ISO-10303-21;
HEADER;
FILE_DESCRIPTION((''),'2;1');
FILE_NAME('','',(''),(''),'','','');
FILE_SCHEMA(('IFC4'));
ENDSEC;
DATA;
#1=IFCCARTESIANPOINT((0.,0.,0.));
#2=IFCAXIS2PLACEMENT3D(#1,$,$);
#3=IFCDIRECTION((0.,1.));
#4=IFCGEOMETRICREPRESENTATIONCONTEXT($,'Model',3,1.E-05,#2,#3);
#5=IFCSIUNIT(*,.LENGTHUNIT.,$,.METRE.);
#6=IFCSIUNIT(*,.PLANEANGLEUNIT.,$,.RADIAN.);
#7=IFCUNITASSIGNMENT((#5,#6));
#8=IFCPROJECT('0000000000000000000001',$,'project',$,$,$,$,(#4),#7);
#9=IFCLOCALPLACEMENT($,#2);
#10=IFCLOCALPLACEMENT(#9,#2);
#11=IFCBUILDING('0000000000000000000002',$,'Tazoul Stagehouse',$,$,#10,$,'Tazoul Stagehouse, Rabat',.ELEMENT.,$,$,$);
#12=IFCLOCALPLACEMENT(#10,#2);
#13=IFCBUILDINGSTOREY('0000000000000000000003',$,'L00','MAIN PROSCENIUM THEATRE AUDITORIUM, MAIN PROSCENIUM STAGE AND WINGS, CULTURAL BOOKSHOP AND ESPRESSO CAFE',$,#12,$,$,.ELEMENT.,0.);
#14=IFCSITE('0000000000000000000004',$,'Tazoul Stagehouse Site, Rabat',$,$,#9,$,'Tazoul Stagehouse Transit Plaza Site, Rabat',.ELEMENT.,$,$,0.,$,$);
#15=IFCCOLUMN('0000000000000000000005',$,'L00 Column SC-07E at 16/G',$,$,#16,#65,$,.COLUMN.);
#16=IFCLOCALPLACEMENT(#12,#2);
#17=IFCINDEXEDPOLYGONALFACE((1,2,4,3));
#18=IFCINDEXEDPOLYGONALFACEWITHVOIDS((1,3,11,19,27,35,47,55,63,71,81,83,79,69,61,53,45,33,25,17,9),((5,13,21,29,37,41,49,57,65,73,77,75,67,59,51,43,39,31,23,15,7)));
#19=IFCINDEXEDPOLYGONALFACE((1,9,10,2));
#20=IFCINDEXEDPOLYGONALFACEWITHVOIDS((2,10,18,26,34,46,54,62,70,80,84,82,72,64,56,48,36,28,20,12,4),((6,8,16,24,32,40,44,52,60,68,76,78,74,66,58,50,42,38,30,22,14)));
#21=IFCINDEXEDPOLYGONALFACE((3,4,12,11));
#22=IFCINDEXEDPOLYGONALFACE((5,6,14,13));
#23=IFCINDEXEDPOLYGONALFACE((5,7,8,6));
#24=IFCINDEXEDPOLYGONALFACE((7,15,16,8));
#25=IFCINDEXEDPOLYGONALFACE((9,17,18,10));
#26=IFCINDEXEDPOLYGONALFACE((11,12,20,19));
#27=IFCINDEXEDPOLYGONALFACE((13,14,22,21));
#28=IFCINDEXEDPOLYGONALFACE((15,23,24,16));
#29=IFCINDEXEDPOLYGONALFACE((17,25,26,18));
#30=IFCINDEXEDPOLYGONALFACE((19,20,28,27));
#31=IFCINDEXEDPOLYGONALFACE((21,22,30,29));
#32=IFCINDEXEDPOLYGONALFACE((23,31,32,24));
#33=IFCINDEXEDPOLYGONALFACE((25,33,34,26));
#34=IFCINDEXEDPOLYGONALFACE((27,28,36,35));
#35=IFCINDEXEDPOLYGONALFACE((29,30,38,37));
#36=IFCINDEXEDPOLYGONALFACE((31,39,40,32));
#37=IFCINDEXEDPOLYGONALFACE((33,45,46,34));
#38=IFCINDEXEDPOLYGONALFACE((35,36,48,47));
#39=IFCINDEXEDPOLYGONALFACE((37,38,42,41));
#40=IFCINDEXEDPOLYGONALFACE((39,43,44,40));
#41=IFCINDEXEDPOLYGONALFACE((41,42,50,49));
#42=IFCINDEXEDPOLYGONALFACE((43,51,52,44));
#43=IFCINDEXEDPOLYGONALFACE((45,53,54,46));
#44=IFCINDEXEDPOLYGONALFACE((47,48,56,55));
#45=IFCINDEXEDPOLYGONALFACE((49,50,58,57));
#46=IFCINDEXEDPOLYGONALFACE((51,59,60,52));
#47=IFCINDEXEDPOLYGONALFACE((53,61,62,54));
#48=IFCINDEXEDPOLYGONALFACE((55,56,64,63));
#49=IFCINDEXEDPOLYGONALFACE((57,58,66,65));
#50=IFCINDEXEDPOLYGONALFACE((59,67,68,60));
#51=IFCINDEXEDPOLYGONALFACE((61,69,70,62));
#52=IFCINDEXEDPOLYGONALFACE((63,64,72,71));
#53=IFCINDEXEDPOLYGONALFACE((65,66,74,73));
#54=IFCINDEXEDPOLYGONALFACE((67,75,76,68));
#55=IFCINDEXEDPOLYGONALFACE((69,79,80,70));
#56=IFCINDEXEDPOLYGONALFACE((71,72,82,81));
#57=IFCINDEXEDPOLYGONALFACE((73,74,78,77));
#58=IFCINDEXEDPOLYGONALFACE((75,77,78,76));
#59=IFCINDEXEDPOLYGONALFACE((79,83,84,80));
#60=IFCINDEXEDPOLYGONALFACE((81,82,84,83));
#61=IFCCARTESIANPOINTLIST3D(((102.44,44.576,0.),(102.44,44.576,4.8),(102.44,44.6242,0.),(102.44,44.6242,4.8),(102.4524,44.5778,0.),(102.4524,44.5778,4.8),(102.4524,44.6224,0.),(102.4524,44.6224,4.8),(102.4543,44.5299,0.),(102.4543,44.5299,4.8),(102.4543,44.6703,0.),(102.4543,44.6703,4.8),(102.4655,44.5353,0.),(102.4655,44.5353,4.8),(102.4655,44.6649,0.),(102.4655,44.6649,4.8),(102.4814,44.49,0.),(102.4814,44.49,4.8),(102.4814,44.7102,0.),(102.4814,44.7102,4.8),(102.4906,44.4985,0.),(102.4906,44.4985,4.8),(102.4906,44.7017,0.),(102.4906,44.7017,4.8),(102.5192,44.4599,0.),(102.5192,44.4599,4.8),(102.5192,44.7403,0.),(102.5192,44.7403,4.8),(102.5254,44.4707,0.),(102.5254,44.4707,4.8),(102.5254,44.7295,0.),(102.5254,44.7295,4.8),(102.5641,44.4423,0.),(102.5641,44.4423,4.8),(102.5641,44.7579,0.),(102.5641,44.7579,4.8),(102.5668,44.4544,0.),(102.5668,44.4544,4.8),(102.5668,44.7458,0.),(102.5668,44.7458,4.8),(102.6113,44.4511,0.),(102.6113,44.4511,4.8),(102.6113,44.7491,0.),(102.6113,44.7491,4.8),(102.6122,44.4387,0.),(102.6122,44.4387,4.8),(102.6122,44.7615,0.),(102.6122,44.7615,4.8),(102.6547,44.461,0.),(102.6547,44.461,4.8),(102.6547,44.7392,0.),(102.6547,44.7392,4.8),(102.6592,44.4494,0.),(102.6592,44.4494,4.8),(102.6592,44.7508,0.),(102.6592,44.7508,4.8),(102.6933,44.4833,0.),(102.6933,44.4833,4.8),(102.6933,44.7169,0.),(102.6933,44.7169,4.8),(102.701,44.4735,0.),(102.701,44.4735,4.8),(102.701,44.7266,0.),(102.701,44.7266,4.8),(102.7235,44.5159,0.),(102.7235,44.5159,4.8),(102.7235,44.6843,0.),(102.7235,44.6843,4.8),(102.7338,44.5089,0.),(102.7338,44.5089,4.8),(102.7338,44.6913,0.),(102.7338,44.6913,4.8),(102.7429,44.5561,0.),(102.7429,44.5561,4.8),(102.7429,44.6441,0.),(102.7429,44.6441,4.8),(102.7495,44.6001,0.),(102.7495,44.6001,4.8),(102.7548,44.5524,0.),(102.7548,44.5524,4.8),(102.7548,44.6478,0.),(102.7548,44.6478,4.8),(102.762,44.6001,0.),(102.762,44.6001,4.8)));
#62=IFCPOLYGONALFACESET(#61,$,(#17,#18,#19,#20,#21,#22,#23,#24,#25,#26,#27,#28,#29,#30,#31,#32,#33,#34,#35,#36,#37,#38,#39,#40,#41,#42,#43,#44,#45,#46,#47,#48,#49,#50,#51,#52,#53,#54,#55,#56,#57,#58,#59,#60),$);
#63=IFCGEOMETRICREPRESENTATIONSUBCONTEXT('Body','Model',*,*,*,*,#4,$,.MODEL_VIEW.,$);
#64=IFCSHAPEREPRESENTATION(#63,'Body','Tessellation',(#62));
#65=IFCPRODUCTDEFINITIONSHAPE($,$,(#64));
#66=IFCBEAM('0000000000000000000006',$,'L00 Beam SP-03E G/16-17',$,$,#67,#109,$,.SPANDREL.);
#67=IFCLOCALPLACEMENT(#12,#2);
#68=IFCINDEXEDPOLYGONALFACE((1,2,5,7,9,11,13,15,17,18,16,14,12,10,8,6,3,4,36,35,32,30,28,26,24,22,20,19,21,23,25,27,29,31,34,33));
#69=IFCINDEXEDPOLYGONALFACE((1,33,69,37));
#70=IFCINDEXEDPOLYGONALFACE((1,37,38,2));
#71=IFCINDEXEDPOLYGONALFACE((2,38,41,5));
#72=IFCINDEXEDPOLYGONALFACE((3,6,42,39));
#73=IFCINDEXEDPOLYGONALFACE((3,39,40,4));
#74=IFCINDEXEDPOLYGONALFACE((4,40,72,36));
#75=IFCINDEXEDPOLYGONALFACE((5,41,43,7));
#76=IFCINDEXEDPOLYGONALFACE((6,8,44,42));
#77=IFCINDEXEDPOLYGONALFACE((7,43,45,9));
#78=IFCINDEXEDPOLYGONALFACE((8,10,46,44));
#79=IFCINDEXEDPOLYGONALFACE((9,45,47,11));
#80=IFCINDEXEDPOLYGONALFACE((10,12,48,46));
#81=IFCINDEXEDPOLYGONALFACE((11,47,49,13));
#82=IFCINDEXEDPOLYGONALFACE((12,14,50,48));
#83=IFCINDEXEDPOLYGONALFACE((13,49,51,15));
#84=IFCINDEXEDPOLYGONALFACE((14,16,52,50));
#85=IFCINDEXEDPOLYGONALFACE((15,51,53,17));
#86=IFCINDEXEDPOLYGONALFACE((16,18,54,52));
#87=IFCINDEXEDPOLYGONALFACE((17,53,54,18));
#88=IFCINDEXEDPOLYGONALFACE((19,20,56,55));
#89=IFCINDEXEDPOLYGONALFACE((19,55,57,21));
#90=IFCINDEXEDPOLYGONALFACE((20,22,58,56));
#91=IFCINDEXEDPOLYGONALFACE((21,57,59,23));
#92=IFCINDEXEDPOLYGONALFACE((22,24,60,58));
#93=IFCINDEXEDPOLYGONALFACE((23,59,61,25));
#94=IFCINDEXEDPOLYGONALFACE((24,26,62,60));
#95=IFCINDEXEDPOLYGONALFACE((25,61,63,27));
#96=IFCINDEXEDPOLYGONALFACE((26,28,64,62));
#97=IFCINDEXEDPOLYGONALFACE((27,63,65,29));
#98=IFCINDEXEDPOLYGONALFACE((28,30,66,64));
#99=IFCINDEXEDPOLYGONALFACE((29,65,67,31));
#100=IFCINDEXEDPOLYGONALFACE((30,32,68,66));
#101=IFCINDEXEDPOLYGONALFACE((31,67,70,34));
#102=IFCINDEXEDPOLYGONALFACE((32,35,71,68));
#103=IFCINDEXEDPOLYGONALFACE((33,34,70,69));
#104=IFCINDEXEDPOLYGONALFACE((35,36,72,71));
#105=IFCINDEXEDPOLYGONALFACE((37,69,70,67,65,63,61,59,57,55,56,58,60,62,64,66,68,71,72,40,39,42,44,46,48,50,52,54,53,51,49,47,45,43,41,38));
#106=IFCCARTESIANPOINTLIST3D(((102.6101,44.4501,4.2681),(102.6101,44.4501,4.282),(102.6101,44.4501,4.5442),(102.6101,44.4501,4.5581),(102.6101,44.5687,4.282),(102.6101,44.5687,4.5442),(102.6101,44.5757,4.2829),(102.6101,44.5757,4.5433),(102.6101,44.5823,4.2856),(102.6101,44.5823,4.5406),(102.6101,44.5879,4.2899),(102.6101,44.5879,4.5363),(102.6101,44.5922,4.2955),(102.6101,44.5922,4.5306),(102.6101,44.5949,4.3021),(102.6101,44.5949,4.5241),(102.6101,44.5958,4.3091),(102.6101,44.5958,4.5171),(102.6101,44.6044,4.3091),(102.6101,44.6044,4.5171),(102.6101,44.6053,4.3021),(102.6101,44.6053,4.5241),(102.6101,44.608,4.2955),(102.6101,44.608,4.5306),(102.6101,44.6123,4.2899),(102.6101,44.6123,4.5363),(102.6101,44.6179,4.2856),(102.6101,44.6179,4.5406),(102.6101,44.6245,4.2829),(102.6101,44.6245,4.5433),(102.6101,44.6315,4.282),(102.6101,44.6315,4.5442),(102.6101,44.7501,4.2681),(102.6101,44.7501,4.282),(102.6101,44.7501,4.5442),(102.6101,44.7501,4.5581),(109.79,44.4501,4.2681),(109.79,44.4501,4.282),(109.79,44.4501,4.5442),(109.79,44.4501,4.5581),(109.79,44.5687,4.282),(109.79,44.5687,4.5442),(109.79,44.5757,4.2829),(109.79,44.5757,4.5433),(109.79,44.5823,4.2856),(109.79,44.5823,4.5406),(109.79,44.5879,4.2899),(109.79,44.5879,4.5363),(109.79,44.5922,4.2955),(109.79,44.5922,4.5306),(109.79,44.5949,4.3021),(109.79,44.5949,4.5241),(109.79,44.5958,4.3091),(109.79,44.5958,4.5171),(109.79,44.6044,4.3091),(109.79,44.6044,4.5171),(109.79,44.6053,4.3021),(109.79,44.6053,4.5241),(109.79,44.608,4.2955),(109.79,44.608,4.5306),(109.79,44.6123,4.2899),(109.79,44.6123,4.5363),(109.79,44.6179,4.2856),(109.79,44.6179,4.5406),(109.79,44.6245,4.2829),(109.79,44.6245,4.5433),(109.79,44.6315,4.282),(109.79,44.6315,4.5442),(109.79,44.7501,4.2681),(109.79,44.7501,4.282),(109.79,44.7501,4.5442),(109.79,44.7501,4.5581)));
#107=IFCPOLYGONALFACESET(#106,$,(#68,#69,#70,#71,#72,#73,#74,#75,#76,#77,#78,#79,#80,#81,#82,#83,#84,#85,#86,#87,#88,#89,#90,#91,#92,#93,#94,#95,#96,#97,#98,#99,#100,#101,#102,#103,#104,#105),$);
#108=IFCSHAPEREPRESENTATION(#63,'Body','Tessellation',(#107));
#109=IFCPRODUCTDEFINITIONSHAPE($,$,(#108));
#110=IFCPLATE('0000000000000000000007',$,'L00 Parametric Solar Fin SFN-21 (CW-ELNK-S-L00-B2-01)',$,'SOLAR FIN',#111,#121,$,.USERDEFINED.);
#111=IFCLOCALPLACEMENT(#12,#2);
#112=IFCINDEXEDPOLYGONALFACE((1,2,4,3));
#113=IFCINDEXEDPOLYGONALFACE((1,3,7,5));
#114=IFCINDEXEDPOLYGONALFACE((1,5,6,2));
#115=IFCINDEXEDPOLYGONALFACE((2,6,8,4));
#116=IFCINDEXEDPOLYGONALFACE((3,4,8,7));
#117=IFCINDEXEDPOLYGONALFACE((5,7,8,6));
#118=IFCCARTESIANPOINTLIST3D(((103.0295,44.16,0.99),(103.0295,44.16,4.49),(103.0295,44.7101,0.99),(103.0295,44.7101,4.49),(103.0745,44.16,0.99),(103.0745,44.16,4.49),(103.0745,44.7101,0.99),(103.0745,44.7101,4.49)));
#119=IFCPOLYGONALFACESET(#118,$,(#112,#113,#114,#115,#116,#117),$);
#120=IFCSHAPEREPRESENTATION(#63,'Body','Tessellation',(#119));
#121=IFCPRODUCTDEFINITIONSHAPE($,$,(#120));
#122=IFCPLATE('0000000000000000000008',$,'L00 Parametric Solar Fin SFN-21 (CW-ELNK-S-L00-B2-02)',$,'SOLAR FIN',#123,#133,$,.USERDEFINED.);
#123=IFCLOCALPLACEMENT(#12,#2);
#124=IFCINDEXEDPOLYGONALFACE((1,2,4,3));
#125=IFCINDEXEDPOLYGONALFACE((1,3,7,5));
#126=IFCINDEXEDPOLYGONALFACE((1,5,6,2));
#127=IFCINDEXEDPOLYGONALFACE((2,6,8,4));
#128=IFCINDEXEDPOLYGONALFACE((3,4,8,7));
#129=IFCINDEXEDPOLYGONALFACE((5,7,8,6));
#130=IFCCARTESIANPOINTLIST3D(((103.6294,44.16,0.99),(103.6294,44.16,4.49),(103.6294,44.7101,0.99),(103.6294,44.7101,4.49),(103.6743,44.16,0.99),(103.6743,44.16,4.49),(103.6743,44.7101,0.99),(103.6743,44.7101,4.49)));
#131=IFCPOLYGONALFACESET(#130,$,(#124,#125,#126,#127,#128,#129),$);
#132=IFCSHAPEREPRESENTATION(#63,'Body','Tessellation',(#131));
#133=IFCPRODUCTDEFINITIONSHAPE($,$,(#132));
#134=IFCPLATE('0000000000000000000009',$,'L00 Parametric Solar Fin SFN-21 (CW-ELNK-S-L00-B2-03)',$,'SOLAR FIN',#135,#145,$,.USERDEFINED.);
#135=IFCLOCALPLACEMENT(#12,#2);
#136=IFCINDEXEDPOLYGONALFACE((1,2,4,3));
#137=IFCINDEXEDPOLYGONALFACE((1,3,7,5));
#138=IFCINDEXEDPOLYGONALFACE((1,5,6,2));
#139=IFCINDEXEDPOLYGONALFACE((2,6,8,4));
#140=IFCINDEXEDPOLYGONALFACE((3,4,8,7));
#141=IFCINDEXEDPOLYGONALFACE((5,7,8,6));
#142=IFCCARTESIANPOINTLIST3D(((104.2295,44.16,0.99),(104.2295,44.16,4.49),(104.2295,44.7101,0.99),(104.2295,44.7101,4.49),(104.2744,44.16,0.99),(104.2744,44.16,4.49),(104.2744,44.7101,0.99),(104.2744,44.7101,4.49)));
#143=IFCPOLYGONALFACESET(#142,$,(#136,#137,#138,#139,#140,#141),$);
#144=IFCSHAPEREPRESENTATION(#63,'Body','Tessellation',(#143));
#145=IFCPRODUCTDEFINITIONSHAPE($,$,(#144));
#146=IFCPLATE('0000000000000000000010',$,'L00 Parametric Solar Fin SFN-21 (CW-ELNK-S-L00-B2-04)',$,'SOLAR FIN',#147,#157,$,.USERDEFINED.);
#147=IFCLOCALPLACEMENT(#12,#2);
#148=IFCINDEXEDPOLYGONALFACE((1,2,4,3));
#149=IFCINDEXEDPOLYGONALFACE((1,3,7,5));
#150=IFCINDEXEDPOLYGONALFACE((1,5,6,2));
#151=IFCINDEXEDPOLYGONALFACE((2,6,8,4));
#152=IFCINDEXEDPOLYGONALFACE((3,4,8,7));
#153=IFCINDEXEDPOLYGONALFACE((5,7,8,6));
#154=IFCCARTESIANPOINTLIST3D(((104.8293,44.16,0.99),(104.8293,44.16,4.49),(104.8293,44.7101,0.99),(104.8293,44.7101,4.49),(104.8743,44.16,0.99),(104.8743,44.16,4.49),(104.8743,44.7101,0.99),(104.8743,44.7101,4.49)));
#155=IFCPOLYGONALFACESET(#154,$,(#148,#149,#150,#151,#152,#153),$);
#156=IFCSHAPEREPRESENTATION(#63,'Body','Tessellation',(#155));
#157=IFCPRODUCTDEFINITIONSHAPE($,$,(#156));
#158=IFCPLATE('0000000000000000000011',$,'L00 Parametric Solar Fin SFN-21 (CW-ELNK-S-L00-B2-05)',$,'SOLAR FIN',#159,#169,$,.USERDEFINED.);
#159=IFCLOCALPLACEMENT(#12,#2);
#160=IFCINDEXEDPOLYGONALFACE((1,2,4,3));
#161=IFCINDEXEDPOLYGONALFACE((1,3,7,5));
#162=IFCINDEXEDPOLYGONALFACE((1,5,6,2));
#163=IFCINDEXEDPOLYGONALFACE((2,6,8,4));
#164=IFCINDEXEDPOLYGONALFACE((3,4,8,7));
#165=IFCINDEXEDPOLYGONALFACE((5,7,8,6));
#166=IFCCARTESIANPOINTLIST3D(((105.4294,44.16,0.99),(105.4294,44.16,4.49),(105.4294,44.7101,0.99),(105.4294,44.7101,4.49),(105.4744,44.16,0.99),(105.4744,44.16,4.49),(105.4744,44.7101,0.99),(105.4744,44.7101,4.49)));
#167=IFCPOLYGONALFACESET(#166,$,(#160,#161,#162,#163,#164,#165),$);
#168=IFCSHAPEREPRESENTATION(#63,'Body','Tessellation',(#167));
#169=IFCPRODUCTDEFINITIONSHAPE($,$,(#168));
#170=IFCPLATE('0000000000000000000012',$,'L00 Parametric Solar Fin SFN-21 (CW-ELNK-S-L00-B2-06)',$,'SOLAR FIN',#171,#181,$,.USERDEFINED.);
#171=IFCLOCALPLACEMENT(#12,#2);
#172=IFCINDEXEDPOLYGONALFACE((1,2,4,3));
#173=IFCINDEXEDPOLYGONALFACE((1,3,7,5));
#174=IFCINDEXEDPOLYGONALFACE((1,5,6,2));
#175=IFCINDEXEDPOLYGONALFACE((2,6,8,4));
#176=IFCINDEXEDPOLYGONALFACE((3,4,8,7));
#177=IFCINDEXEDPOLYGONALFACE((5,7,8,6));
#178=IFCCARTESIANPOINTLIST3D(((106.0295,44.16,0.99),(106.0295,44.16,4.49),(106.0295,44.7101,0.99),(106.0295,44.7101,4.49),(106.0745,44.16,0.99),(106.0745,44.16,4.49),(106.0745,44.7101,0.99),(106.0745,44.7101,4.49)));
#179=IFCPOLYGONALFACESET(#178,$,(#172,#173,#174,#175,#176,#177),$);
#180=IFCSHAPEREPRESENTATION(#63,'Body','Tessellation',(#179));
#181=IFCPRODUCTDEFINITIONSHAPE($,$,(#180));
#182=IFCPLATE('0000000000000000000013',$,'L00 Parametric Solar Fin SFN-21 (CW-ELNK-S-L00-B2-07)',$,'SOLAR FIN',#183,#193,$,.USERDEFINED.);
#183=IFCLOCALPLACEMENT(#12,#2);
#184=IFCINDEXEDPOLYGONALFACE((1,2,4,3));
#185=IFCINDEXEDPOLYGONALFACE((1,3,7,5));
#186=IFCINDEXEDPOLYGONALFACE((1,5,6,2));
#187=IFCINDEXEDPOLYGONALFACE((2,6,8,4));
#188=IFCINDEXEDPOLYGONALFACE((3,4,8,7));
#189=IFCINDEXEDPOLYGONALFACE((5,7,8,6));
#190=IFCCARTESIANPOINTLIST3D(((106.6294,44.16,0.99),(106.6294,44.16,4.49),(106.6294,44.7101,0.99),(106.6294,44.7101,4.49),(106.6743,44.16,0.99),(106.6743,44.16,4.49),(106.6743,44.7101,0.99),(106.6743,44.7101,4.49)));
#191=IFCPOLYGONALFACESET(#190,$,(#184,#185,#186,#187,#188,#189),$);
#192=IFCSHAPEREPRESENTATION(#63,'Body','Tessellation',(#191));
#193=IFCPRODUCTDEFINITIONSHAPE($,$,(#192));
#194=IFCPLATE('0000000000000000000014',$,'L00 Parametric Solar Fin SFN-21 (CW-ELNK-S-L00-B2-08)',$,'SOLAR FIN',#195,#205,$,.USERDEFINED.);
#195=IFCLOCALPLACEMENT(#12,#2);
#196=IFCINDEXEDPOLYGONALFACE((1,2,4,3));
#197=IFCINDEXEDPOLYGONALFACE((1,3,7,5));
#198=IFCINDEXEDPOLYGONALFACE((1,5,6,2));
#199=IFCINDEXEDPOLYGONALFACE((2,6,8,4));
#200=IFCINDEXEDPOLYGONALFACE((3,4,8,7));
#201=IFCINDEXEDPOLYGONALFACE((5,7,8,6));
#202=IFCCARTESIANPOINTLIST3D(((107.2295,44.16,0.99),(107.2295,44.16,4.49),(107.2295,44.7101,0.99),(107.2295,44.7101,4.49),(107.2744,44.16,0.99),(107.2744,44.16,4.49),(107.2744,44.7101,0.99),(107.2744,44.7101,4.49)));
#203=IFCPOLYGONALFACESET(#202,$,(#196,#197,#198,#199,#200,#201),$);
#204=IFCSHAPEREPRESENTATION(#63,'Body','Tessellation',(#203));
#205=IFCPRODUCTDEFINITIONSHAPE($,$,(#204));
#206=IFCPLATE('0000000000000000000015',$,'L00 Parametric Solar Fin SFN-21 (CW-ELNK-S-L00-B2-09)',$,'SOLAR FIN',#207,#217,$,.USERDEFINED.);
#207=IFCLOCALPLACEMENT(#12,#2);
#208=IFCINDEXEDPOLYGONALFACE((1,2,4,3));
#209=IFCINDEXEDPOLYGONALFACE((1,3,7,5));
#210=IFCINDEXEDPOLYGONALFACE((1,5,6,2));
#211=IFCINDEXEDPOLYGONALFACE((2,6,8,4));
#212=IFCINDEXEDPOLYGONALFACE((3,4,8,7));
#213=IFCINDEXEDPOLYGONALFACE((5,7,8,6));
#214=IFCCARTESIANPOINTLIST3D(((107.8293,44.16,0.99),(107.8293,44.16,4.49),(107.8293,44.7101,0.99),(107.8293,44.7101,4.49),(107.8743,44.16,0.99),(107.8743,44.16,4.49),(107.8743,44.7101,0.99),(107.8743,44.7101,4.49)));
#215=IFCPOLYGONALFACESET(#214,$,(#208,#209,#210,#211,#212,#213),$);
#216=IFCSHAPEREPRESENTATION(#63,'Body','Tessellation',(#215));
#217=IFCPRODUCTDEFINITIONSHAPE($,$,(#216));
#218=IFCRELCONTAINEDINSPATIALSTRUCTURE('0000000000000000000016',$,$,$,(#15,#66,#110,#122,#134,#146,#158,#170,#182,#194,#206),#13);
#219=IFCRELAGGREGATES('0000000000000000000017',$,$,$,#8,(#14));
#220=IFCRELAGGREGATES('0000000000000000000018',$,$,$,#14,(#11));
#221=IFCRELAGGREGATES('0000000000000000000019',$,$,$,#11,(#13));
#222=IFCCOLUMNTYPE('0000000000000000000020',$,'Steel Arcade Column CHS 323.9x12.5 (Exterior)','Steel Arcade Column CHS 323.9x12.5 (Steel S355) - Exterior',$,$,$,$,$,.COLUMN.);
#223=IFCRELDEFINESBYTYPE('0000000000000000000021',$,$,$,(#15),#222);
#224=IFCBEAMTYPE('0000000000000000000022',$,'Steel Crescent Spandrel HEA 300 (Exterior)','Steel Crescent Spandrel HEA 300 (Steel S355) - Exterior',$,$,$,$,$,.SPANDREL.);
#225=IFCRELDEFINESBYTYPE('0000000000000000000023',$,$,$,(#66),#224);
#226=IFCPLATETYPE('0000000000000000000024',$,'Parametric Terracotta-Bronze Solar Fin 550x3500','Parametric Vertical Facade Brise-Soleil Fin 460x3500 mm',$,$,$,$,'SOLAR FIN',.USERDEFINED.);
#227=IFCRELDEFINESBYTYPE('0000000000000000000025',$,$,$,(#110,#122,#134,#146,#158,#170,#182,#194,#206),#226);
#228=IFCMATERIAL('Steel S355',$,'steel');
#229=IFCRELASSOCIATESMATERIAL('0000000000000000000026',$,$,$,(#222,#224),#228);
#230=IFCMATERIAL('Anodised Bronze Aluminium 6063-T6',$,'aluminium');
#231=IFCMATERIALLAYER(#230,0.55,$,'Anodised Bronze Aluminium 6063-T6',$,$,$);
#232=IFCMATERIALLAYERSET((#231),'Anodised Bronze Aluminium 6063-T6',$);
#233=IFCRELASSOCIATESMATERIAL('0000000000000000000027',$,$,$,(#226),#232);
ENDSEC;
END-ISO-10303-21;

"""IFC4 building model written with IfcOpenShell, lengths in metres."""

from ifc_helpers import new_model, si_unit, direction, frame, origin, origin_2d, place, context, subcontext, project, spatial, rectangle, hollow_circle, i_section, extrude, material, layer, layer_set, material_profile, profile_set, type_object, element, save


model = new_model("IFC4")

# Units and contexts
model_context = context("Model", 3, precision=1e-05, world=origin(), true_north=direction((0.0, 1.0)))
body_context = subcontext(model_context, "Body", "Model", "MODEL_VIEW")
ifc_project = project(units=[si_unit("LENGTHUNIT", "METRE"), si_unit("PLANEANGLEUNIT", "RADIAN")], contexts=[model_context])

# Site, building, storey
site_placement = place(None, origin())
site = spatial("IfcSite", under=ifc_project, at=site_placement, Name="Tazoul Stagehouse Site, Rabat", LongName="Tazoul Stagehouse Transit Plaza Site, Rabat", CompositionType="ELEMENT", RefElevation=0.0)
building_placement = place(site_placement, origin())
building = spatial("IfcBuilding", under=site, at=building_placement, Name="Tazoul Stagehouse", LongName="Tazoul Stagehouse, Rabat", CompositionType="ELEMENT")
storey_placement = place(building_placement, origin())
storey = spatial("IfcBuildingStorey", under=building, at=storey_placement, Name="L00", Description="MAIN PROSCENIUM THEATRE AUDITORIUM, MAIN PROSCENIUM STAGE AND WINGS, CULTURAL BOOKSHOP AND ESPRESSO CAFE", CompositionType="ELEMENT", Elevation=0.0)

# Column
ifc_material_1 = material(Name="Steel S355", Category="steel")
ifc_material_profile_1 = material_profile(ifc_material_1, hollow_circle(Radius=0.1619, WallThickness=0.0125, at=origin_2d()), Name="CHS 323.9x12.5")
ifc_profile_set_1 = profile_set([ifc_material_profile_1], Name="Steel S355")
column_type = type_object("IfcColumnType", Name="Steel Arcade Column CHS 323.9x12.5 (Exterior)", Description="Steel Arcade Column CHS 323.9x12.5 (Steel S355) - Exterior", PredefinedType="COLUMN", material=ifc_profile_set_1)
column_placement = place(storey_placement, frame((102.6001, 44.6001, 0.0), z_axis=(0.0, 0.0, 1.0), x_axis=(1.0, 0.0, 0.0)))
element("IfcColumn", 1, at=column_placement, inside=storey, type_object=column_type, Name="L00 Column SC-07E at 16/G", PredefinedType="COLUMN", context=body_context, shape_type="SweptSolid", body=[
    extrude(hollow_circle(Radius=0.1619, WallThickness=0.0125, at=origin_2d()), origin(), (0.0, 0.0, 1.0), 4.8),
])

# Beam
ifc_material_profile_2 = material_profile(ifc_material_1, i_section(OverallWidth=0.3, OverallDepth=0.29, WebThickness=0.0085, FlangeThickness=0.0139, FilletRadius=0.0271, at=origin_2d()), Name="HEA 300")
ifc_profile_set_2 = profile_set([ifc_material_profile_2], Name="Steel S355")
beam_type = type_object("IfcBeamType", Name="Steel Crescent Spandrel HEA 300 (Exterior)", Description="Steel Crescent Spandrel HEA 300 (Steel S355) - Exterior", PredefinedType="SPANDREL", material=ifc_profile_set_2)
beam_placement = place(storey_placement, frame((102.6101, 44.6001, 4.4131), z_axis=(1.0, 0.0, 0.0), x_axis=(0.0, 1.0, 0.0)))
element("IfcBeam", 2, at=beam_placement, inside=storey, type_object=beam_type, Name="L00 Beam SP-03E G/16-17", PredefinedType="SPANDREL", context=body_context, shape_type="SweptSolid", body=[
    extrude(i_section(OverallWidth=0.3, OverallDepth=0.29, WebThickness=0.0085, FlangeThickness=0.0139, FilletRadius=0.0271, at=origin_2d()), origin(), (0.0, 0.0, 1.0), 7.1799),
])

# Plates
ifc_material_2 = material(Name="Anodised Bronze Aluminium 6063-T6", Category="aluminium")
ifc_layer_1 = layer(ifc_material_2, 0.55, Name="Anodised Bronze Aluminium 6063-T6")
ifc_layer_set_1 = layer_set([ifc_layer_1], Name="Anodised Bronze Aluminium 6063-T6")
plate_type = type_object("IfcPlateType", Name="Parametric Terracotta-Bronze Solar Fin 550x3500", Description="Parametric Vertical Facade Brise-Soleil Fin 460x3500 mm", ElementType="SOLAR FIN", PredefinedType="USERDEFINED", material=ifc_layer_set_1)
for number, where, z_axis, x_axis, name in (
    (3, (103.052, 44.4351, 0.99), (0.0, 0.0, 1.0), (1.0, 0.0, 0.0), "L00 Parametric Solar Fin SFN-21 (CW-ELNK-S-L00-B2-01)"),
    (4, (103.6519, 44.4351, 0.99), (0.0, 0.0, 1.0), (1.0, 0.0, 0.0), "L00 Parametric Solar Fin SFN-21 (CW-ELNK-S-L00-B2-02)"),
    (5, (104.252, 44.4351, 0.99), (0.0, 0.0, 1.0), (1.0, 0.0, 0.0), "L00 Parametric Solar Fin SFN-21 (CW-ELNK-S-L00-B2-03)"),
    (6, (104.8518, 44.4351, 0.99), (0.0, 0.0, 1.0), (1.0, 0.0, 0.0), "L00 Parametric Solar Fin SFN-21 (CW-ELNK-S-L00-B2-04)"),
    (7, (105.4519, 44.4351, 0.99), (0.0, 0.0, 1.0), (1.0, 0.0, 0.0), "L00 Parametric Solar Fin SFN-21 (CW-ELNK-S-L00-B2-05)"),
    (8, (106.052, 44.4351, 0.99), (0.0, 0.0, 1.0), (1.0, 0.0, 0.0), "L00 Parametric Solar Fin SFN-21 (CW-ELNK-S-L00-B2-06)"),
    (9, (106.6519, 44.4351, 0.99), (0.0, 0.0, 1.0), (1.0, 0.0, 0.0), "L00 Parametric Solar Fin SFN-21 (CW-ELNK-S-L00-B2-07)"),
    (10, (107.252, 44.4351, 0.99), (0.0, 0.0, 1.0), (1.0, 0.0, 0.0), "L00 Parametric Solar Fin SFN-21 (CW-ELNK-S-L00-B2-08)"),
    (11, (107.8518, 44.4351, 0.99), (0.0, 0.0, 1.0), (1.0, 0.0, 0.0), "L00 Parametric Solar Fin SFN-21 (CW-ELNK-S-L00-B2-09)"),
):
    element("IfcPlate", number, at=place(storey_placement, frame(where, z_axis=z_axis, x_axis=x_axis)), inside=storey, type_object=plate_type, Name=name, ObjectType="SOLAR FIN", PredefinedType="USERDEFINED", context=body_context, shape_type="SweptSolid", body=[
        extrude(rectangle(XDim=0.0449, YDim=0.55, at=origin_2d()), origin(), (0.0, 0.0, 1.0), 3.5),
    ])

save(model, "model.ifc")
